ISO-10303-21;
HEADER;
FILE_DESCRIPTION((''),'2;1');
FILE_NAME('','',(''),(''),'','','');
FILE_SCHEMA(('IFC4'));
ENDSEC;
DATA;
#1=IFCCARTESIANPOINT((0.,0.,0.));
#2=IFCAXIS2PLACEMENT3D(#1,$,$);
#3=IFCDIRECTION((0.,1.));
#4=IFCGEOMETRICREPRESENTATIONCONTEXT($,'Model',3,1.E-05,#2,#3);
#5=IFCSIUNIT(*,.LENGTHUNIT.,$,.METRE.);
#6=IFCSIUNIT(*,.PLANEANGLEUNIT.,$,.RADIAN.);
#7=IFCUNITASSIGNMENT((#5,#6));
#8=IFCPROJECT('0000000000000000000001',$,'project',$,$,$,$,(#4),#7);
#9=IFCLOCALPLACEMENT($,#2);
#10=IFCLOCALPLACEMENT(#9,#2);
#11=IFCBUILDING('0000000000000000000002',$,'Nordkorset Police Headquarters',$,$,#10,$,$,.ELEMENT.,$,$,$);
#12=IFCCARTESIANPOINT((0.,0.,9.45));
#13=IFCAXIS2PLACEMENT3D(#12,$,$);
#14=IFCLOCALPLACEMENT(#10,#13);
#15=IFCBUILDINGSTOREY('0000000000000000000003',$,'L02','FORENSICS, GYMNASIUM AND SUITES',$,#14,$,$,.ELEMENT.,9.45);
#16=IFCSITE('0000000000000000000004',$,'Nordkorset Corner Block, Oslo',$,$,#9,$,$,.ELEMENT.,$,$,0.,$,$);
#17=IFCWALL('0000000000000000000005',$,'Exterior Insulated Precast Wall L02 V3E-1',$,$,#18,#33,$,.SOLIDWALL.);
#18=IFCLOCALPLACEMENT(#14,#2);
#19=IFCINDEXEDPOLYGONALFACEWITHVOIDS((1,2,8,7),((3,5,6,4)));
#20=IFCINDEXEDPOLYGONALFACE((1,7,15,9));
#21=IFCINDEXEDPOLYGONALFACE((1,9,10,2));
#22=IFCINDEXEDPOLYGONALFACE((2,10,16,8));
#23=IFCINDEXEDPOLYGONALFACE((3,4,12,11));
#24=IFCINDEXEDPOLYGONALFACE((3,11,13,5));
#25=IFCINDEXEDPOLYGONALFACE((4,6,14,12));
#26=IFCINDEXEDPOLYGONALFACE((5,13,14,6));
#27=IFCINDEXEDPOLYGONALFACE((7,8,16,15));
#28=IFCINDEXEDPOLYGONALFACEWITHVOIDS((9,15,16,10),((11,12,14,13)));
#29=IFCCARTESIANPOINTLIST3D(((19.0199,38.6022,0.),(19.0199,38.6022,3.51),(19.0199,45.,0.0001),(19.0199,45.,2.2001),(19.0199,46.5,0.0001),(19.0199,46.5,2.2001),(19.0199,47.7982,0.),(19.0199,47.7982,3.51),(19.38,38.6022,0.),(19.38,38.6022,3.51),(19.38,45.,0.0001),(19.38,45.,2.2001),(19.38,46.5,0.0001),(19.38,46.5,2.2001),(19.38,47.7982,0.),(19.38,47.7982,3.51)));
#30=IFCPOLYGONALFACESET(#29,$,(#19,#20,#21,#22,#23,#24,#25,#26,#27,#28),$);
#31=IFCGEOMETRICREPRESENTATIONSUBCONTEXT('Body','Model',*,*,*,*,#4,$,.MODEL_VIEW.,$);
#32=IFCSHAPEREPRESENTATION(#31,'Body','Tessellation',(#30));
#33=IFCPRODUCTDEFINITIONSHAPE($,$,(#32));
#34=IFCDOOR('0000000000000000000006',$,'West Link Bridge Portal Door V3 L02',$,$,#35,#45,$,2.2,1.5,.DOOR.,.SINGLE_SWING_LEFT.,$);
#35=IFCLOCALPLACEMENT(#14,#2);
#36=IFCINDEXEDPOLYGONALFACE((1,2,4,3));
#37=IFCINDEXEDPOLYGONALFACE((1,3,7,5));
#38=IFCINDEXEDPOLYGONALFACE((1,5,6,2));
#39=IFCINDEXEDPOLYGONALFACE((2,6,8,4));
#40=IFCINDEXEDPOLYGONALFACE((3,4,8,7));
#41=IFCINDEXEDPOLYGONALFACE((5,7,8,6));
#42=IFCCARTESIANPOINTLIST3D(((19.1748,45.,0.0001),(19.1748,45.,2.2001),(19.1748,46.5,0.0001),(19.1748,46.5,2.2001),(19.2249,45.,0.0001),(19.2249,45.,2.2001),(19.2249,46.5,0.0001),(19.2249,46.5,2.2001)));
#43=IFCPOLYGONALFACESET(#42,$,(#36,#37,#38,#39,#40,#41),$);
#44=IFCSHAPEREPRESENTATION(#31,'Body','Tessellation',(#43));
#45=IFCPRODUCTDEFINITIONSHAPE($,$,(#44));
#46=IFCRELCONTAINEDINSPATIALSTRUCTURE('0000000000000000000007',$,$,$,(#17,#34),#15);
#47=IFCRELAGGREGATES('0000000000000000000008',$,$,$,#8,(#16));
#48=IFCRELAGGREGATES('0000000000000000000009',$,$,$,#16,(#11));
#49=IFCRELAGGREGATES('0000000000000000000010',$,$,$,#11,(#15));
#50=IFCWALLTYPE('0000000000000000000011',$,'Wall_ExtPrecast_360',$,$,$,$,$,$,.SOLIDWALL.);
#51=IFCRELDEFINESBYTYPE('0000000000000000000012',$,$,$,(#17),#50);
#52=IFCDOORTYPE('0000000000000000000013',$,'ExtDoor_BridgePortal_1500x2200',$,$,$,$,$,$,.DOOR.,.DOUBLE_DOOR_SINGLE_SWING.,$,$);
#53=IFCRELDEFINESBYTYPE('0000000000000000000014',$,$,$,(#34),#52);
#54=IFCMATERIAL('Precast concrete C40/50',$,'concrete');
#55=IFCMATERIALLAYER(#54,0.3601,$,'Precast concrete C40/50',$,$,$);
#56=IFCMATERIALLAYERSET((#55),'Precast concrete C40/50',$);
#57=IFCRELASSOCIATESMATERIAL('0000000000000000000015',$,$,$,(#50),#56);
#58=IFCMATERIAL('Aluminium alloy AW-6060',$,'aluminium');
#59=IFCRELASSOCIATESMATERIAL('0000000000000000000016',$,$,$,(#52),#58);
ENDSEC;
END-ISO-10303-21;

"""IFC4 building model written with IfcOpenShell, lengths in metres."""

from ifc_helpers import new_model, si_unit, direction, frame, frame_2d, origin, place, context, subcontext, project, spatial, rectangle, extrude, material, layer, layer_set, type_object, element, fill, save


model = new_model("IFC4")

# Units and contexts
model_context = context("Model", 3, precision=1e-05, world=origin(), true_north=direction((0.0, 1.0)))
body_context = subcontext(model_context, "Body", "Model", "MODEL_VIEW")
ifc_project = project(units=[si_unit("LENGTHUNIT", "METRE"), si_unit("PLANEANGLEUNIT", "RADIAN")], contexts=[model_context])

# Site, building, storey
site_placement = place(None, origin())
site = spatial("IfcSite", under=ifc_project, at=site_placement, Name="Nordkorset Corner Block, Oslo", CompositionType="ELEMENT", RefElevation=0.0)
building_placement = place(site_placement, origin())
building = spatial("IfcBuilding", under=site, at=building_placement, Name="Nordkorset Police Headquarters", CompositionType="ELEMENT")
storey_placement = place(building_placement, frame((0.0, 0.0, 9.45)))
storey = spatial("IfcBuildingStorey", under=building, at=storey_placement, Name="L02", Description="FORENSICS, GYMNASIUM AND SUITES", CompositionType="ELEMENT", Elevation=9.45)

# Wall, opening, door
ifc_material_1 = material(Name="Precast concrete C40/50", Category="concrete")
ifc_layer_1 = layer(ifc_material_1, 0.3601, Name="Precast concrete C40/50")
ifc_layer_set_1 = layer_set([ifc_layer_1], Name="Precast concrete C40/50")
wall_type = type_object("IfcWallType", Name="Wall_ExtPrecast_360", PredefinedType="SOLIDWALL", material=ifc_layer_set_1)
wall_placement = place(storey_placement, frame((19.2, 38.6021, 0.0), z_axis=(0.0, 0.0, 1.0), x_axis=(0.0, 1.0, 0.0)))
wall = element("IfcWall", 1, at=wall_placement, inside=storey, type_object=wall_type, Name="Exterior Insulated Precast Wall L02 V3E-1", PredefinedType="SOLIDWALL", context=body_context, shape_type="SweptSolid", body=[
    extrude(rectangle(XDim=9.196, YDim=0.3601, at=frame_2d((4.5981, 0.0))), origin(), (0.0, 0.0, 1.0), 3.51),
])
opening_placement = place(wall_placement, frame((6.3979, 0.0, 0.0)))
opening = element("IfcOpeningElement", 2, at=opening_placement, cuts=wall, PredefinedType="OPENING", context=body_context, shape_type="SweptSolid", body=[
    extrude(rectangle(XDim=1.5, YDim=2.2, at=frame_2d((0.75, 1.1001))), frame((0.0, 0.1899, 0.0), z_axis=(0.0, -1.0, 0.0), x_axis=(1.0, 0.0, 0.0)), (0.0, 0.0, 1.0), 0.3801),
])
ifc_material_2 = material(Name="Aluminium alloy AW-6060", Category="aluminium")
door_type = type_object("IfcDoorType", Name="ExtDoor_BridgePortal_1500x2200", OperationType="DOUBLE_DOOR_SINGLE_SWING", PredefinedType="DOOR", material=ifc_material_2)
door_placement = place(opening_placement, frame((1.5, 0.0, 0.0), z_axis=(0.0, 0.0, 1.0), x_axis=(-1.0, 0.0, 0.0)))
door = element("IfcDoor", 3, at=door_placement, inside=storey, type_object=door_type, Name="West Link Bridge Portal Door V3 L02", OperationType="SINGLE_SWING_LEFT", OverallHeight=2.2, OverallWidth=1.5, PredefinedType="DOOR", context=body_context, shape_type="SweptSolid", body=[
    extrude(rectangle(XDim=1.5, YDim=2.2, at=frame_2d((0.75, 1.1001))), frame((0.0, 0.0249, 0.0), z_axis=(0.0, -1.0, 0.0), x_axis=(1.0, 0.0, 0.0)), (0.0, 0.0, 1.0), 0.05),
])
fill(opening, door)

save(model, "model.ifc")
